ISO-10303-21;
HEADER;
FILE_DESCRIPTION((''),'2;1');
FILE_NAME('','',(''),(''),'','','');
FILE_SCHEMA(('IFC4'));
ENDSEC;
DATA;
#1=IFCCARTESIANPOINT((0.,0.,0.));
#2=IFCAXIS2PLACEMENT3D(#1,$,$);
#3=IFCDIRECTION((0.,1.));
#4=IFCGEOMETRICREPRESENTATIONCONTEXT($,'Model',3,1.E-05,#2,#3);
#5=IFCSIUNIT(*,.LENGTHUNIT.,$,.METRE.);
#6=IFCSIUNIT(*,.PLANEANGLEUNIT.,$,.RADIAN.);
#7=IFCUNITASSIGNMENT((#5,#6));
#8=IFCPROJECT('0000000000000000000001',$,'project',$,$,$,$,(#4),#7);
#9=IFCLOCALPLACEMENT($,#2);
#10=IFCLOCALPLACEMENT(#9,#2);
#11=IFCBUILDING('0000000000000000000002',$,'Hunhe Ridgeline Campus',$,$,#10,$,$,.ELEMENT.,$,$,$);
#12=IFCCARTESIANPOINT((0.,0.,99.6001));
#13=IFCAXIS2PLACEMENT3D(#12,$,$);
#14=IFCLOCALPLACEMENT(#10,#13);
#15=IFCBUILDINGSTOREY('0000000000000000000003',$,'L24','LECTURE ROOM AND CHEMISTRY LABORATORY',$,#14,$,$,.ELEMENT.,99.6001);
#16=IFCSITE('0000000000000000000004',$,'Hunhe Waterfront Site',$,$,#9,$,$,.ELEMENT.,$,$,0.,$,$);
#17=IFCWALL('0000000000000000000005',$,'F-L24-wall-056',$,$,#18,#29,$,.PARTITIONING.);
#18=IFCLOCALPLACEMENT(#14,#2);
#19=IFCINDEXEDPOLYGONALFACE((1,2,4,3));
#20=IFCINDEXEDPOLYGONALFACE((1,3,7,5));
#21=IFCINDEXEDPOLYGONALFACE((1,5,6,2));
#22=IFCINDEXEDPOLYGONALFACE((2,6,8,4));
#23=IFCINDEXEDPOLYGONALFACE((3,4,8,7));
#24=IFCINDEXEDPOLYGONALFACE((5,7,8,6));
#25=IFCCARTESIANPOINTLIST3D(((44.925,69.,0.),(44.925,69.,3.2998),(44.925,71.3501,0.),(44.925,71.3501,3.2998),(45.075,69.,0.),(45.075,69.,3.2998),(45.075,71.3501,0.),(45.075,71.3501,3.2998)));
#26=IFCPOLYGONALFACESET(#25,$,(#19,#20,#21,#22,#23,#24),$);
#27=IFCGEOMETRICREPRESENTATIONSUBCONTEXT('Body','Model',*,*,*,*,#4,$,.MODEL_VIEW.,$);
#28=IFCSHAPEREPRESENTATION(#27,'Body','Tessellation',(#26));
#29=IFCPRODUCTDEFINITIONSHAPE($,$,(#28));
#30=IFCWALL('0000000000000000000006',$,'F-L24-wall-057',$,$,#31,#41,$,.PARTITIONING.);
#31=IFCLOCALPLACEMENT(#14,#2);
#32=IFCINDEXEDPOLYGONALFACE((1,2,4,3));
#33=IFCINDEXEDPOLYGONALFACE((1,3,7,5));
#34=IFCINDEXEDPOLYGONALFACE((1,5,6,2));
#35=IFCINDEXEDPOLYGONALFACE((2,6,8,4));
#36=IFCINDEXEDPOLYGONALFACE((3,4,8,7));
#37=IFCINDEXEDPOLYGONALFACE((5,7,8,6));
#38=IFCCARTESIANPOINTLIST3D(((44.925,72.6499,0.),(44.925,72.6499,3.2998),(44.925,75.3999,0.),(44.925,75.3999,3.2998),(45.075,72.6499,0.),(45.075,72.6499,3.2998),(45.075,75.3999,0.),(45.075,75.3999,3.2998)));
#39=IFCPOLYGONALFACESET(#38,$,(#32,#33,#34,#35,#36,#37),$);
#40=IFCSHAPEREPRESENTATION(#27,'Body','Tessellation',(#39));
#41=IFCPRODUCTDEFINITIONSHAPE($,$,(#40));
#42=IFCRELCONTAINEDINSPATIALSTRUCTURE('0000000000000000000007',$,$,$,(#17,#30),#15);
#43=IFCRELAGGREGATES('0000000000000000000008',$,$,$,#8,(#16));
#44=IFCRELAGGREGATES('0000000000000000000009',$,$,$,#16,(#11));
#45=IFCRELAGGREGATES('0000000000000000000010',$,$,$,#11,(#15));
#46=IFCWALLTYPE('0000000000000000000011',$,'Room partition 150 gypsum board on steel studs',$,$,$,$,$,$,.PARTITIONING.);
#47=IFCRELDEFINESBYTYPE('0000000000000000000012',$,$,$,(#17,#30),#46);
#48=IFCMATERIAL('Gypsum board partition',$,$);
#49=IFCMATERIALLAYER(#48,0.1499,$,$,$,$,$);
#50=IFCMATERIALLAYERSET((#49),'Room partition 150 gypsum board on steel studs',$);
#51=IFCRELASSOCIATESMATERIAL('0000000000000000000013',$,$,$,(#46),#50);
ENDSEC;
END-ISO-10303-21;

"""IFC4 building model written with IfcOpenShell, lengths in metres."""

from ifc_helpers import new_model, si_unit, direction, frame, frame_2d, origin, place, context, subcontext, project, spatial, rectangle, extrude, material, layer, layer_set, type_object, element, save


model = new_model("IFC4")

# Units and contexts
model_context = context("Model", 3, precision=1e-05, world=origin(), true_north=direction((0.0, 1.0)))
body_context = subcontext(model_context, "Body", "Model", "MODEL_VIEW")
ifc_project = project(units=[si_unit("LENGTHUNIT", "METRE"), si_unit("PLANEANGLEUNIT", "RADIAN")], contexts=[model_context])

# Site, building, storey
site_placement = place(None, origin())
site = spatial("IfcSite", under=ifc_project, at=site_placement, Name="Hunhe Waterfront Site", CompositionType="ELEMENT", RefElevation=0.0)
building_placement = place(site_placement, origin())
building = spatial("IfcBuilding", under=site, at=building_placement, Name="Hunhe Ridgeline Campus", CompositionType="ELEMENT")
storey_placement = place(building_placement, frame((0.0, 0.0, 99.6001)))
storey = spatial("IfcBuildingStorey", under=building, at=storey_placement, Name="L24", Description="LECTURE ROOM AND CHEMISTRY LABORATORY", CompositionType="ELEMENT", Elevation=99.6001)

# Shared definitions
ifc_material_1 = material(Name="Gypsum board partition")

# Walls
ifc_layer_1 = layer(ifc_material_1, 0.1499)
ifc_layer_set_1 = layer_set([ifc_layer_1], Name="Room partition 150 gypsum board on steel studs")
wall_type_1 = type_object("IfcWallType", Name="Room partition 150 gypsum board on steel studs", PredefinedType="PARTITIONING", material=ifc_layer_set_1)
wall_1_placement = place(storey_placement, frame((45.0, 71.3501, 0.0), z_axis=(0.0, 0.0, 1.0), x_axis=(0.0, -1.0, 0.0)))
element("IfcWall", 1, at=wall_1_placement, inside=storey, type_object=wall_type_1, Name="F-L24-wall-056", PredefinedType="PARTITIONING", context=body_context, shape_type="SweptSolid", body=[
    extrude(rectangle(XDim=2.3501, YDim=0.1499, at=frame_2d((1.175, 0.0))), origin(), (0.0, 0.0, 1.0), 3.2998),
])
wall_2_placement = place(storey_placement, frame((45.0, 75.3999, 0.0), z_axis=(0.0, 0.0, 1.0), x_axis=(0.0, -1.0, 0.0)))
element("IfcWall", 2, at=wall_2_placement, inside=storey, type_object=wall_type_1, Name="F-L24-wall-057", PredefinedType="PARTITIONING", context=body_context, shape_type="SweptSolid", body=[
    extrude(rectangle(XDim=2.75, YDim=0.1499, at=frame_2d((1.375, 0.0))), origin(), (0.0, 0.0, 1.0), 3.2998),
])

save(model, "model.ifc")
